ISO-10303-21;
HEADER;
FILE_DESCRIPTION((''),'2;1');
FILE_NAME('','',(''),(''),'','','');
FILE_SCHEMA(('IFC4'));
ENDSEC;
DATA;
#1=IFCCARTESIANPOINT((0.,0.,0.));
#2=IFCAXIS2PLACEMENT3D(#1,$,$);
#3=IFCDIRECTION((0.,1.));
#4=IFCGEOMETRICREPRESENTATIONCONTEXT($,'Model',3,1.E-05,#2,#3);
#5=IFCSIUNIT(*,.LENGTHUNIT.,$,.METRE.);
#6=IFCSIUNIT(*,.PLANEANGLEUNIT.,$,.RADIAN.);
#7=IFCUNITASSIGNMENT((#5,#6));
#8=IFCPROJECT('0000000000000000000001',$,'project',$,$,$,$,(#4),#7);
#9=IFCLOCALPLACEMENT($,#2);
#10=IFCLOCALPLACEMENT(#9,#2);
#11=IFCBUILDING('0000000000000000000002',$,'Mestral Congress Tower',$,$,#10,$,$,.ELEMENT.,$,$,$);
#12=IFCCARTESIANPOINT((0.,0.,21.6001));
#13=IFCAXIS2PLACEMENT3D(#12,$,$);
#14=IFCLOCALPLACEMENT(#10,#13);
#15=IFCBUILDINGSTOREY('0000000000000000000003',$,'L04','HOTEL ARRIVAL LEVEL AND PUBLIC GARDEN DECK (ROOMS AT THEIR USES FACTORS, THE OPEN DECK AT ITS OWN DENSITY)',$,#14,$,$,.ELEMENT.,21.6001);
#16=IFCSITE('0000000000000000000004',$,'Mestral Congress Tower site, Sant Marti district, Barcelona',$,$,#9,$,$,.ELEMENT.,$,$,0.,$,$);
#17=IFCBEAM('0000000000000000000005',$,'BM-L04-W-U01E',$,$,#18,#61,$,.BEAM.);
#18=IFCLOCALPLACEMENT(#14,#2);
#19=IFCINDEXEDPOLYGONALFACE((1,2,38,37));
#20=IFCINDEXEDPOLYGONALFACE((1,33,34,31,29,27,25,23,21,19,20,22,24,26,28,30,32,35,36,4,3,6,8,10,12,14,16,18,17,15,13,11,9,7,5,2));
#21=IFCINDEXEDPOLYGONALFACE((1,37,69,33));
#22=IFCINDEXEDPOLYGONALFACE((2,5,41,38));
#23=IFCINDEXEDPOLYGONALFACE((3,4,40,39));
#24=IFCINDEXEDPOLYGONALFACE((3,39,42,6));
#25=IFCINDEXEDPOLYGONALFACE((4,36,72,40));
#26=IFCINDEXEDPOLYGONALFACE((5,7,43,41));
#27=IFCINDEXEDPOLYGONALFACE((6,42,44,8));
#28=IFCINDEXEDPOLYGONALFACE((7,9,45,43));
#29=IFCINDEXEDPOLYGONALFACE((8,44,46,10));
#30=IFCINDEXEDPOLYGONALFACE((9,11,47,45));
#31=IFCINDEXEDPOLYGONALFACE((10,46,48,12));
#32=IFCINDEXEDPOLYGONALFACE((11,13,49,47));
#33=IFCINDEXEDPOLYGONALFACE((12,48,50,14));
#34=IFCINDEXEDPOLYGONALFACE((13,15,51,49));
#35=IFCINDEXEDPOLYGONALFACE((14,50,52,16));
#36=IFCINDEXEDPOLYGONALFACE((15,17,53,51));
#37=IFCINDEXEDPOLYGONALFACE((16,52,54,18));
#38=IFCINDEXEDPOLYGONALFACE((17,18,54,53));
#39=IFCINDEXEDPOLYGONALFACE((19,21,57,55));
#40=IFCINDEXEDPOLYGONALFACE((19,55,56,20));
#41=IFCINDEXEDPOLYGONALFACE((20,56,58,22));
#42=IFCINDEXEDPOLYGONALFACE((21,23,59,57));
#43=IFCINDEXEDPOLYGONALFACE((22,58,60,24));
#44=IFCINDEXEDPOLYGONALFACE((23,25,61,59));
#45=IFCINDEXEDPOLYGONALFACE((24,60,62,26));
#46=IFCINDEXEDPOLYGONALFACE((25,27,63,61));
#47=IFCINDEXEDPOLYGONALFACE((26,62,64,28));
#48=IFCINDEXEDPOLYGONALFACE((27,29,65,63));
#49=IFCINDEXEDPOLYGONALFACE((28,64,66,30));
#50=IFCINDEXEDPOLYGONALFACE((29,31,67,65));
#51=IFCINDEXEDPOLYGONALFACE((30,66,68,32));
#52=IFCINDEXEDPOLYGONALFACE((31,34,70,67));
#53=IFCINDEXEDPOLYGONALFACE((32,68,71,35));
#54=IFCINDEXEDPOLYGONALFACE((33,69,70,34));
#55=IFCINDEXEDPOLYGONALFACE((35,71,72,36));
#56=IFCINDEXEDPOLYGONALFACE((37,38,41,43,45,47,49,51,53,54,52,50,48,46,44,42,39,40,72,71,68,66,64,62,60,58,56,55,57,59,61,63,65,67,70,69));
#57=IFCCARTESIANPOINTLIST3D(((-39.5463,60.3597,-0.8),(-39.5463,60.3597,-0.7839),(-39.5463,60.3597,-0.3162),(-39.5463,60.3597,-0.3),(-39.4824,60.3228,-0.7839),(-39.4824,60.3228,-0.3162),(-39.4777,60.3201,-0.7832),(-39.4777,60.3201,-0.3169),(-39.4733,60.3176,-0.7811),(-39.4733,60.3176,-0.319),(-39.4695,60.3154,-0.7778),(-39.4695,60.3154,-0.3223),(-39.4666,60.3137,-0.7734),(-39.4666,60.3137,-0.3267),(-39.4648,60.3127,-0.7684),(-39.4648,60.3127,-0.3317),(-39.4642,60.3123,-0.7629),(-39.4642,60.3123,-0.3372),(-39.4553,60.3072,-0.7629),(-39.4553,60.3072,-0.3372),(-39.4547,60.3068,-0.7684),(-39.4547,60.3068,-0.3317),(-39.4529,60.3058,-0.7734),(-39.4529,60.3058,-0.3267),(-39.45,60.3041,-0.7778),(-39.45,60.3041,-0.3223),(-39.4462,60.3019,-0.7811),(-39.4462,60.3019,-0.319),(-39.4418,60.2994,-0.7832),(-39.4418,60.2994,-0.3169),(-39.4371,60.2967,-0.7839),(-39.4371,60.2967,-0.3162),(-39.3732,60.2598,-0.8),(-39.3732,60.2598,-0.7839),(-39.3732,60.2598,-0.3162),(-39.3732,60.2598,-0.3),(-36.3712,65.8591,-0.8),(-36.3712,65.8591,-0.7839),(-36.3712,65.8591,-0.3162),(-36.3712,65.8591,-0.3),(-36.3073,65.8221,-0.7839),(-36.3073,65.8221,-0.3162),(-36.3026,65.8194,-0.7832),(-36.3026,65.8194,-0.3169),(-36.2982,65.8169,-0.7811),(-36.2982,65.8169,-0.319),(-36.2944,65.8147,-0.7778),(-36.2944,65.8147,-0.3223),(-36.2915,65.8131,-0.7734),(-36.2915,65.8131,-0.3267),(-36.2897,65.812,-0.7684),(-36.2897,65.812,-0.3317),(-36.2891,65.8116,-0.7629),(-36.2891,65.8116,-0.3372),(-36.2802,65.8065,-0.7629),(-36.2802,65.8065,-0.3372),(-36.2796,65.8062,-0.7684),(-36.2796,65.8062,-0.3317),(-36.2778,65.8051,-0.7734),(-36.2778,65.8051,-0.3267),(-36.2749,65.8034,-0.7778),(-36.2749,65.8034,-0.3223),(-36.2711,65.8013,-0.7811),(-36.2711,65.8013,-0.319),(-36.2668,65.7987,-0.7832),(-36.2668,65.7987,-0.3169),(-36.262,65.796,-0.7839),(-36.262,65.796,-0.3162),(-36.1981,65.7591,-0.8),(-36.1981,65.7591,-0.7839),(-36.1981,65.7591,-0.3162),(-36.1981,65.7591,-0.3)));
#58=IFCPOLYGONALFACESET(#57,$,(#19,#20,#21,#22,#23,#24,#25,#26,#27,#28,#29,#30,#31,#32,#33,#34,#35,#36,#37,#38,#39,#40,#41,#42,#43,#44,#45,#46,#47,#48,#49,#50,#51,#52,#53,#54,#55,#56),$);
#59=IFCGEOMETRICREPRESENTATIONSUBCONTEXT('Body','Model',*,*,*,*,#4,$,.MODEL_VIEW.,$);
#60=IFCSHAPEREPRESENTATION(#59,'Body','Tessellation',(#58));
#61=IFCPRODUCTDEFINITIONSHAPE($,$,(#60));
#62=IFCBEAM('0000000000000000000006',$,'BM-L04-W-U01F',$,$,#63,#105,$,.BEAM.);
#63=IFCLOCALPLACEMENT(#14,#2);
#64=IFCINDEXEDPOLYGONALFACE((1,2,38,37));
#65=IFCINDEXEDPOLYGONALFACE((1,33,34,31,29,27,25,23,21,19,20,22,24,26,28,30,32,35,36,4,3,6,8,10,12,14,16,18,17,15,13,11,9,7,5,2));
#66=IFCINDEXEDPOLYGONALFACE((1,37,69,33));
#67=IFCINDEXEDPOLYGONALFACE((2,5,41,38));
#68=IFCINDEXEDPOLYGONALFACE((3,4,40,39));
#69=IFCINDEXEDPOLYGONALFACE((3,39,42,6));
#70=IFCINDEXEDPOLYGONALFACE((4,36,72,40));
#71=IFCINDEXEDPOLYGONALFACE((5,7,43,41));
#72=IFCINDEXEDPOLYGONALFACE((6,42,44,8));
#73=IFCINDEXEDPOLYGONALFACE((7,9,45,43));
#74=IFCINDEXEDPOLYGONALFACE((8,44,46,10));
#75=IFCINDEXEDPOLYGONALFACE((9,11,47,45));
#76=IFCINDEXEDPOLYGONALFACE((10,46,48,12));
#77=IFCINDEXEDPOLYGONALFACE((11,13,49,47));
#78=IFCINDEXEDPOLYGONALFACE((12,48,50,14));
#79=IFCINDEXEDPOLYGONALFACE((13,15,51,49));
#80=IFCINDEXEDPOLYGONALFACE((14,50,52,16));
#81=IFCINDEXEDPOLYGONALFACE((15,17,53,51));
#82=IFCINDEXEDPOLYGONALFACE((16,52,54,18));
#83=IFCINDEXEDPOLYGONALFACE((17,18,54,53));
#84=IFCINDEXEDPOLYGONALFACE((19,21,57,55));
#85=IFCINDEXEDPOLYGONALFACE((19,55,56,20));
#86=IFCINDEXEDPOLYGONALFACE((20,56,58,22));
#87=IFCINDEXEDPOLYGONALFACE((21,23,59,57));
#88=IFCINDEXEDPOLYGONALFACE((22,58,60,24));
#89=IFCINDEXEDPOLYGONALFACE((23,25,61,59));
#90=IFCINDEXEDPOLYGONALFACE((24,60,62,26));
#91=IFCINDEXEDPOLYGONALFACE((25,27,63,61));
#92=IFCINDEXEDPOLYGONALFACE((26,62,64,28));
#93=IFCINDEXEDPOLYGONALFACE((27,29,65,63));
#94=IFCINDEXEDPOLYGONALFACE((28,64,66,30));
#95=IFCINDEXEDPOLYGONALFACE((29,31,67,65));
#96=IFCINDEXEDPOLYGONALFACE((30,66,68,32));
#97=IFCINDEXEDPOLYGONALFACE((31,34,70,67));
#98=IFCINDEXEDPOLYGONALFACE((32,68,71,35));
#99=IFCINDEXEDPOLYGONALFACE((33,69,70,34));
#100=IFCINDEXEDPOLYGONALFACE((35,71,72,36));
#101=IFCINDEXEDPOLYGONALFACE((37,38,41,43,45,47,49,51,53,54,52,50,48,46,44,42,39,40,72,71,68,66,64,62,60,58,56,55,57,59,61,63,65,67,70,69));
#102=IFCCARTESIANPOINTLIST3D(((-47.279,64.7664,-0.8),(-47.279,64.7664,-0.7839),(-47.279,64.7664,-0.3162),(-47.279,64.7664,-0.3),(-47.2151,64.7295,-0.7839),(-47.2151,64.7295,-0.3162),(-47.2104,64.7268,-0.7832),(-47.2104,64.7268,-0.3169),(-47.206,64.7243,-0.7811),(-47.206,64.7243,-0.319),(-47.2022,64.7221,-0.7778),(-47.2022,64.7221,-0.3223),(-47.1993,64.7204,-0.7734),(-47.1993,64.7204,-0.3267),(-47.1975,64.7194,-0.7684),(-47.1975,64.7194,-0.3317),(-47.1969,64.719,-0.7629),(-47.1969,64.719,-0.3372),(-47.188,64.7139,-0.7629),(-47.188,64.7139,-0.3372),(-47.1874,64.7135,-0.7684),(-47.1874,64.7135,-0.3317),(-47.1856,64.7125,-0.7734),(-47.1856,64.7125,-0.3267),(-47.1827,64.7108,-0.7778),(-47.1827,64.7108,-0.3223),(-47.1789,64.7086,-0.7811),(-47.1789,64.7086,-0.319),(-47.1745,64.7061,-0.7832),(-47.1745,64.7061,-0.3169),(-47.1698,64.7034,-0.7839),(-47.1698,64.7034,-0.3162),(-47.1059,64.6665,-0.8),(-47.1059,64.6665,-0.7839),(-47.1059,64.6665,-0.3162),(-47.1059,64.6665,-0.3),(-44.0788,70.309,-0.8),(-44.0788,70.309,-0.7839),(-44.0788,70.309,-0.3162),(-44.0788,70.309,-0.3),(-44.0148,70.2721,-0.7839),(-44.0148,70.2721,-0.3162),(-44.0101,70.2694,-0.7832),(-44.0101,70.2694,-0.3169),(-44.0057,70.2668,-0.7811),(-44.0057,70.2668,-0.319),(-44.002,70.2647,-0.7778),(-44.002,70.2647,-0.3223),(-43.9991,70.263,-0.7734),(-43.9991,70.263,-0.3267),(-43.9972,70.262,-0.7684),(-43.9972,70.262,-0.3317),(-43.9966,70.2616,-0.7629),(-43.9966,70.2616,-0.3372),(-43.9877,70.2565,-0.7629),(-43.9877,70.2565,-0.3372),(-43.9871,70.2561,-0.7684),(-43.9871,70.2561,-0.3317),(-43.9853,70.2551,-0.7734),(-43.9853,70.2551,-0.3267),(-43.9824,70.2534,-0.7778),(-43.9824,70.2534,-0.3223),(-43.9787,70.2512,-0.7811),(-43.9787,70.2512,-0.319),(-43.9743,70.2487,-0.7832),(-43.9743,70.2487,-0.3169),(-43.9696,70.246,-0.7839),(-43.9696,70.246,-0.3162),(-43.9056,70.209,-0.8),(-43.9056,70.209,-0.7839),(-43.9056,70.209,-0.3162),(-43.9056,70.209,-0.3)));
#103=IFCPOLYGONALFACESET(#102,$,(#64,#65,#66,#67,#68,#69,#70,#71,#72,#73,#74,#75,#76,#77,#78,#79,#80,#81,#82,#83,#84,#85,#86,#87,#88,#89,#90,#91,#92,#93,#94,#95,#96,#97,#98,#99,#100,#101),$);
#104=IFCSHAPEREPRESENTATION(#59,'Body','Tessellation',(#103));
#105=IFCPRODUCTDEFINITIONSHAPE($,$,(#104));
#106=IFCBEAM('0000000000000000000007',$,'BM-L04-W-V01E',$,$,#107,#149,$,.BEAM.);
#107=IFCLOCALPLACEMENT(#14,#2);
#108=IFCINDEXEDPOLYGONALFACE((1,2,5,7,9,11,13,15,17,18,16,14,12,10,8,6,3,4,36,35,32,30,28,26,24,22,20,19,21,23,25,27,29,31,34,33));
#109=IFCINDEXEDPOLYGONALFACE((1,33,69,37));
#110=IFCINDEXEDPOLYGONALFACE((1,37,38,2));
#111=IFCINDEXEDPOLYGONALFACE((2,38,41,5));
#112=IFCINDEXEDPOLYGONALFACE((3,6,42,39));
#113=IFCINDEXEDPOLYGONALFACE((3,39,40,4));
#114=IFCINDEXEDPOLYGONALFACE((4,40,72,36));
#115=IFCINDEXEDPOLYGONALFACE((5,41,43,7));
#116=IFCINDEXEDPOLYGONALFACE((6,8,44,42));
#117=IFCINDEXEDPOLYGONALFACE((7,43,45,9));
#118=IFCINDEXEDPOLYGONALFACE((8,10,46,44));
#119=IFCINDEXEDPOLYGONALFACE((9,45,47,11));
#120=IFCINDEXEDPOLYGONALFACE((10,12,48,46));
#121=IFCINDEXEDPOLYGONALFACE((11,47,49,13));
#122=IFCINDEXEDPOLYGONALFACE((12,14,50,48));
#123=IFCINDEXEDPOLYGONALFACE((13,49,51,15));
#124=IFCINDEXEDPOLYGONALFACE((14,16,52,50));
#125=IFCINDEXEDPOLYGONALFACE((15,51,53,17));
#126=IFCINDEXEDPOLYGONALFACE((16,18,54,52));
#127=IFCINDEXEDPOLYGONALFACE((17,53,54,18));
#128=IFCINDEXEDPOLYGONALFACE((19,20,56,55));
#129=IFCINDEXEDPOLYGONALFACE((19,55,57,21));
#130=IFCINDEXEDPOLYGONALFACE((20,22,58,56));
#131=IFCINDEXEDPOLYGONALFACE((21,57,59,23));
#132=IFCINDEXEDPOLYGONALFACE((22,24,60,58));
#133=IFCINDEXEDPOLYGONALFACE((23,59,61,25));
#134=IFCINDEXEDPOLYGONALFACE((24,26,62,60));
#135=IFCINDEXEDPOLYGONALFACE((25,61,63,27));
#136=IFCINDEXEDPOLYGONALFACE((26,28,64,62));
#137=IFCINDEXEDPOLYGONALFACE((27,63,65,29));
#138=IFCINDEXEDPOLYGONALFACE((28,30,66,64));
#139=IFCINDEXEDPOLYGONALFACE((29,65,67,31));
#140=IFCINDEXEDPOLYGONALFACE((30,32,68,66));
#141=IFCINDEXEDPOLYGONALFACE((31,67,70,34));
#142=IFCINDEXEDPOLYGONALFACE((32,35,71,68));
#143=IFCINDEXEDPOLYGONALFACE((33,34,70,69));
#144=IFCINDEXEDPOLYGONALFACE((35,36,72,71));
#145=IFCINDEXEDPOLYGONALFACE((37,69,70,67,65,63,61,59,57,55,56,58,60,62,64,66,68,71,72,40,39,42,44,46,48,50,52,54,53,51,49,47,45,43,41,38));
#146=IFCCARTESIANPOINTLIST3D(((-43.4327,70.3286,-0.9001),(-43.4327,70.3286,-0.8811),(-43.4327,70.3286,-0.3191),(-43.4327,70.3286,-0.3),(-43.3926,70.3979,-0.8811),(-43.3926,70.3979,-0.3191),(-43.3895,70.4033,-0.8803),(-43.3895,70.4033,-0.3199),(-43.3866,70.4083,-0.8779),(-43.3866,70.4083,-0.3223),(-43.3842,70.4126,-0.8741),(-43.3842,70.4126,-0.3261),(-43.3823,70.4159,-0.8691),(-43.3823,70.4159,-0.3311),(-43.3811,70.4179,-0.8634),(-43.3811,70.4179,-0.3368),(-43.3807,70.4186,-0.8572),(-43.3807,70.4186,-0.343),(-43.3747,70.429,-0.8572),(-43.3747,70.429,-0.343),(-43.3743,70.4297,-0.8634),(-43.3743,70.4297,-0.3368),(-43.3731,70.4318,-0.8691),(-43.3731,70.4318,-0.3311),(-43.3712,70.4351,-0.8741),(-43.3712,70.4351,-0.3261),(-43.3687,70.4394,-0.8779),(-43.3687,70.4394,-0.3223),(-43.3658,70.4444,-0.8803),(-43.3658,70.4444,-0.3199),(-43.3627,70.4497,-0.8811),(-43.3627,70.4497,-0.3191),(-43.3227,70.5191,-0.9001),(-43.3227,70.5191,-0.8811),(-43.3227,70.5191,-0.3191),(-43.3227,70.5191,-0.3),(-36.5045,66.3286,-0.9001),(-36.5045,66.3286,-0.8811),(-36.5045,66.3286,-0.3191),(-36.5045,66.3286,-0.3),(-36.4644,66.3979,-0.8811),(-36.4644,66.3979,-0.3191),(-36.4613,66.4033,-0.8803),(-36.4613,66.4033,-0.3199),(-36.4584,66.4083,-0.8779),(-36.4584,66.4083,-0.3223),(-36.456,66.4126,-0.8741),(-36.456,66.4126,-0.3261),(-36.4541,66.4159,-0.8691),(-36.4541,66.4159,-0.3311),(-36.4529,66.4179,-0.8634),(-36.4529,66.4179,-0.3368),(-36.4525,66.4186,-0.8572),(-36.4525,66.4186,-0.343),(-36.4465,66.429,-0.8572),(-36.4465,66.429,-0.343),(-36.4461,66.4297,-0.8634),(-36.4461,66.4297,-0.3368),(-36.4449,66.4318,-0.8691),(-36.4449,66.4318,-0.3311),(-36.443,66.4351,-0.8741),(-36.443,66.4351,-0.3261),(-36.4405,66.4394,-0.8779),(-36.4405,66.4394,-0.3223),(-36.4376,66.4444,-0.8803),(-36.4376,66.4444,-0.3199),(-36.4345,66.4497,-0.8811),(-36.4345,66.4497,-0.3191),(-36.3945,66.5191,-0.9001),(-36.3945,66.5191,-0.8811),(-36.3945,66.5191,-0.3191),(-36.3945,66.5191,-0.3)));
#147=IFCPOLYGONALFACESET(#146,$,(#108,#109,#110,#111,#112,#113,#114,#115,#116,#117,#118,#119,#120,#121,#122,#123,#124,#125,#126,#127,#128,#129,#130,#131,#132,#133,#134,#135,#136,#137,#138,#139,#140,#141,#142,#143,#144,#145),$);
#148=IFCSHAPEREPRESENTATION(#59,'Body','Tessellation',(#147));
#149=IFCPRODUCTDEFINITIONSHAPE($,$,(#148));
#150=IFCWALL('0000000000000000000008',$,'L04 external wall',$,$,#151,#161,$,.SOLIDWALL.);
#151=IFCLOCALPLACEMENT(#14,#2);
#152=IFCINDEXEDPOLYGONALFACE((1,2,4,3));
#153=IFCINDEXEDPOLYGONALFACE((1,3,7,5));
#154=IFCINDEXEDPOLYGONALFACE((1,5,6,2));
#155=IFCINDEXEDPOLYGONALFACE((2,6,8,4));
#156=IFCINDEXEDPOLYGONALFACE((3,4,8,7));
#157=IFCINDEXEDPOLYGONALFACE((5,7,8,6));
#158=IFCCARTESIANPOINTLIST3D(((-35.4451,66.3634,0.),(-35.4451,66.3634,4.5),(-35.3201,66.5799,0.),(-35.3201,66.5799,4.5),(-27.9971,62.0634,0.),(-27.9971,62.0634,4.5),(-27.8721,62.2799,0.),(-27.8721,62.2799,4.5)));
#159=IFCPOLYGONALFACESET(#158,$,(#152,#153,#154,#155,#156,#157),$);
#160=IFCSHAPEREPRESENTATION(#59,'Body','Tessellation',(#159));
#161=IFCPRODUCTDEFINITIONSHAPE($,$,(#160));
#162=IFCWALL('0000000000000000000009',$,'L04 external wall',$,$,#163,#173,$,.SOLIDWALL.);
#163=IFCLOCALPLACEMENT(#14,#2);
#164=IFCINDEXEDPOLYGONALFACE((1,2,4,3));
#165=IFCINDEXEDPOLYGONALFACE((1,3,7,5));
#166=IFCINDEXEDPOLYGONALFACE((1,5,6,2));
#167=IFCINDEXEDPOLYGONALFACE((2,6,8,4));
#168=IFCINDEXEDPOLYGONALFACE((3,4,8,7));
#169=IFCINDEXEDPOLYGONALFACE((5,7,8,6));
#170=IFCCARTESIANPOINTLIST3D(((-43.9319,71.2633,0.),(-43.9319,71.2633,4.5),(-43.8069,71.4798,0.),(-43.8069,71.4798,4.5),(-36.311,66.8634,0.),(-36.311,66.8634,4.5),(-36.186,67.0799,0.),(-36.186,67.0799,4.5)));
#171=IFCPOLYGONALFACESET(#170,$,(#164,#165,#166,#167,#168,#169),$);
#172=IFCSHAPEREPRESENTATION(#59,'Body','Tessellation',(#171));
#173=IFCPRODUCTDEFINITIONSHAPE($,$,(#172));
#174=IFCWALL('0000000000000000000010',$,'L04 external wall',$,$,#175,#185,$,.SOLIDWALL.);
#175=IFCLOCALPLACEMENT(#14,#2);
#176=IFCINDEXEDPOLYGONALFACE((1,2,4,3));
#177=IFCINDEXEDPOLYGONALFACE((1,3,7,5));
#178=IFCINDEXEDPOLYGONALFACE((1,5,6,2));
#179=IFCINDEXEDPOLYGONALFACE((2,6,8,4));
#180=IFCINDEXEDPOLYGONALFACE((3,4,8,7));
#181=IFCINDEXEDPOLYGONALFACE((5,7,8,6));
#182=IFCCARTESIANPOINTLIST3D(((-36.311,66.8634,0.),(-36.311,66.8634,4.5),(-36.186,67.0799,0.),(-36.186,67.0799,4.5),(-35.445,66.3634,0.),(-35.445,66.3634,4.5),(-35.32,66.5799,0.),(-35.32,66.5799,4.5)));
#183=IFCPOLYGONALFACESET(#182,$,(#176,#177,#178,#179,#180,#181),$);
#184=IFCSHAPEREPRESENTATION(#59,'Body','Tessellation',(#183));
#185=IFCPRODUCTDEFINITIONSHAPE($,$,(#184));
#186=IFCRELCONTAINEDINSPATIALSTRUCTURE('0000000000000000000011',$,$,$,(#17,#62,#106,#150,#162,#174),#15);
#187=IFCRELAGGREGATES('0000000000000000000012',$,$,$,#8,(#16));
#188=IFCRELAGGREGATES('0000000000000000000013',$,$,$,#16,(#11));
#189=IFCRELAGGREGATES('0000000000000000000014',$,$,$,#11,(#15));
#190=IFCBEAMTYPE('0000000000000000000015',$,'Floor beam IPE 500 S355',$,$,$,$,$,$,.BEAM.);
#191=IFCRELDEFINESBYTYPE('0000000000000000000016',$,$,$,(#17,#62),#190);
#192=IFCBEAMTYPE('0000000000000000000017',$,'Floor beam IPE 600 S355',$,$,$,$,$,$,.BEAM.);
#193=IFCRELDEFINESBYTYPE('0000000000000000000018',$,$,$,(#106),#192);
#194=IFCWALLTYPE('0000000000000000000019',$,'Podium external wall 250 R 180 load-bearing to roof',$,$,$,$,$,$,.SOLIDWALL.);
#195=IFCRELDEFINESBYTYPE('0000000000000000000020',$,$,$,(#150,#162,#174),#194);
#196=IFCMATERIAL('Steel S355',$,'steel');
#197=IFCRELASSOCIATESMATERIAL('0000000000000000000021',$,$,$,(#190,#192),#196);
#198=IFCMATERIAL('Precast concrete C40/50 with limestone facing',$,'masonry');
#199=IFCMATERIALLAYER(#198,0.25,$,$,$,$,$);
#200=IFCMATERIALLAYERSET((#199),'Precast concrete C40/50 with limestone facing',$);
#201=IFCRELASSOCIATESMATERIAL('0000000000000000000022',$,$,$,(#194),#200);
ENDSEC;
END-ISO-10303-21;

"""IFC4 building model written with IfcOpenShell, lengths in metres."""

from ifc_helpers import new_model, si_unit, direction, frame, frame_2d, origin, origin_2d, place, context, subcontext, project, spatial, rectangle, i_section, extrude, material, layer, layer_set, material_profile, profile_set, type_object, element, save


model = new_model("IFC4")

# Units and contexts
model_context = context("Model", 3, precision=1e-05, world=origin(), true_north=direction((0.0, 1.0)))
body_context = subcontext(model_context, "Body", "Model", "MODEL_VIEW")
ifc_project = project(units=[si_unit("LENGTHUNIT", "METRE"), si_unit("PLANEANGLEUNIT", "RADIAN")], contexts=[model_context])

# Site, building, storey
site_placement = place(None, origin())
site = spatial("IfcSite", under=ifc_project, at=site_placement, Name="Mestral Congress Tower site, Sant Marti district, Barcelona", CompositionType="ELEMENT", RefElevation=0.0)
building_placement = place(site_placement, origin())
building = spatial("IfcBuilding", under=site, at=building_placement, Name="Mestral Congress Tower", CompositionType="ELEMENT")
storey_placement = place(building_placement, frame((0.0, 0.0, 21.6001)))
storey = spatial("IfcBuildingStorey", under=building, at=storey_placement, Name="L04", Description="HOTEL ARRIVAL LEVEL AND PUBLIC GARDEN DECK (ROOMS AT THEIR USES FACTORS, THE OPEN DECK AT ITS OWN DENSITY)", CompositionType="ELEMENT", Elevation=21.6001)

# Beams
ifc_material_1 = material(Name="Steel S355", Category="steel")
ifc_material_profile_1 = material_profile(ifc_material_1, i_section(OverallWidth=0.2, OverallDepth=0.5, WebThickness=0.0103, FlangeThickness=0.0161, FilletRadius=0.021, at=origin_2d()), Name="IPE 500")
ifc_profile_set_1 = profile_set([ifc_material_profile_1], Name="Steel S355")
beam_type_1 = type_object("IfcBeamType", Name="Floor beam IPE 500 S355", PredefinedType="BEAM", material=ifc_profile_set_1)
beam_1_placement = place(storey_placement, frame((-36.2847, 65.8091, -0.55), z_axis=(-0.500005, -0.866022, 0.0), x_axis=(0.866022, -0.500005, 0.0)))
element("IfcBeam", 1, at=beam_1_placement, inside=storey, type_object=beam_type_1, Name="BM-L04-W-U01E", PredefinedType="BEAM", context=body_context, shape_type="SweptSolid", body=[
    extrude(i_section(OverallWidth=0.2, OverallDepth=0.5, WebThickness=0.0103, FlangeThickness=0.0161, FilletRadius=0.021, at=origin_2d()), origin(), (0.0, 0.0, 1.0), 6.3501),
])
beam_2_placement = place(storey_placement, frame((-43.9922, 70.259, -0.55), z_axis=(-0.500028, -0.866009, 0.0), x_axis=(0.866009, -0.500028, 0.0)))
element("IfcBeam", 2, at=beam_2_placement, inside=storey, type_object=beam_type_1, Name="BM-L04-W-U01F", PredefinedType="BEAM", context=body_context, shape_type="SweptSolid", body=[
    extrude(i_section(OverallWidth=0.2, OverallDepth=0.5, WebThickness=0.0103, FlangeThickness=0.0161, FilletRadius=0.021, at=origin_2d()), origin(), (0.0, 0.0, 1.0), 6.4001),
])
ifc_material_profile_2 = material_profile(ifc_material_1, i_section(OverallWidth=0.22, OverallDepth=0.6001, WebThickness=0.012, FlangeThickness=0.019, FilletRadius=0.0239, at=origin_2d()), Name="IPE 600")
ifc_profile_set_2 = profile_set([ifc_material_profile_2], Name="Steel S355")
beam_type_2 = type_object("IfcBeamType", Name="Floor beam IPE 600 S355", PredefinedType="BEAM", material=ifc_profile_set_2)
beam_3_placement = place(storey_placement, frame((-36.4495, 66.4238, -0.6001), z_axis=(-0.866026, 0.499999, 0.0), x_axis=(-0.499999, -0.866026, 0.0)))
element("IfcBeam", 3, at=beam_3_placement, inside=storey, type_object=beam_type_2, Name="BM-L04-W-V01E", PredefinedType="BEAM", context=body_context, shape_type="SweptSolid", body=[
    extrude(i_section(OverallWidth=0.22, OverallDepth=0.6001, WebThickness=0.012, FlangeThickness=0.019, FilletRadius=0.0239, at=origin_2d()), origin(), (0.0, 0.0, 1.0), 8.0),
])

# Walls
ifc_material_2 = material(Name="Precast concrete C40/50 with limestone facing", Category="masonry")
ifc_layer_1 = layer(ifc_material_2, 0.25)
ifc_layer_set_1 = layer_set([ifc_layer_1], Name="Precast concrete C40/50 with limestone facing")
wall_type_1 = type_object("IfcWallType", Name="Podium external wall 250 R 180 load-bearing to roof", PredefinedType="SOLIDWALL", material=ifc_layer_set_1)
wall_1_placement = place(storey_placement, frame((-35.3826, 66.4717, 0.0), z_axis=(0.0, 0.0, 1.0), x_axis=(0.866028, -0.499995, 0.0)))
element("IfcWall", 4, at=wall_1_placement, inside=storey, type_object=wall_type_1, Name="L04 external wall", PredefinedType="SOLIDWALL", context=body_context, shape_type="SweptSolid", body=[
    extrude(rectangle(XDim=8.6001, YDim=0.25, at=frame_2d((4.3, 0.0))), origin(), (0.0, 0.0, 1.0), 4.5),
])
wall_2_placement = place(storey_placement, frame((-43.8694, 71.3716, 0.0), z_axis=(0.0, 0.0, 1.0), x_axis=(0.866025, -0.5, 0.0)))
element("IfcWall", 5, at=wall_2_placement, inside=storey, type_object=wall_type_1, Name="L04 external wall", PredefinedType="SOLIDWALL", context=body_context, shape_type="SweptSolid", body=[
    extrude(rectangle(XDim=8.7998, YDim=0.25, at=frame_2d((4.3999, 0.0))), origin(), (0.0, 0.0, 1.0), 4.5),
])
wall_3_placement = place(storey_placement, frame((-36.2485, 66.9717, 0.0), z_axis=(0.0, 0.0, 1.0), x_axis=(0.866011, -0.500025, 0.0)))
element("IfcWall", 6, at=wall_3_placement, inside=storey, type_object=wall_type_1, Name="L04 external wall", PredefinedType="SOLIDWALL", context=body_context, shape_type="SweptSolid", body=[
    extrude(rectangle(XDim=1.0, YDim=0.25, at=frame_2d((0.5, 0.0))), origin(), (0.0, 0.0, 1.0), 4.5),
])

save(model, "model.ifc")
